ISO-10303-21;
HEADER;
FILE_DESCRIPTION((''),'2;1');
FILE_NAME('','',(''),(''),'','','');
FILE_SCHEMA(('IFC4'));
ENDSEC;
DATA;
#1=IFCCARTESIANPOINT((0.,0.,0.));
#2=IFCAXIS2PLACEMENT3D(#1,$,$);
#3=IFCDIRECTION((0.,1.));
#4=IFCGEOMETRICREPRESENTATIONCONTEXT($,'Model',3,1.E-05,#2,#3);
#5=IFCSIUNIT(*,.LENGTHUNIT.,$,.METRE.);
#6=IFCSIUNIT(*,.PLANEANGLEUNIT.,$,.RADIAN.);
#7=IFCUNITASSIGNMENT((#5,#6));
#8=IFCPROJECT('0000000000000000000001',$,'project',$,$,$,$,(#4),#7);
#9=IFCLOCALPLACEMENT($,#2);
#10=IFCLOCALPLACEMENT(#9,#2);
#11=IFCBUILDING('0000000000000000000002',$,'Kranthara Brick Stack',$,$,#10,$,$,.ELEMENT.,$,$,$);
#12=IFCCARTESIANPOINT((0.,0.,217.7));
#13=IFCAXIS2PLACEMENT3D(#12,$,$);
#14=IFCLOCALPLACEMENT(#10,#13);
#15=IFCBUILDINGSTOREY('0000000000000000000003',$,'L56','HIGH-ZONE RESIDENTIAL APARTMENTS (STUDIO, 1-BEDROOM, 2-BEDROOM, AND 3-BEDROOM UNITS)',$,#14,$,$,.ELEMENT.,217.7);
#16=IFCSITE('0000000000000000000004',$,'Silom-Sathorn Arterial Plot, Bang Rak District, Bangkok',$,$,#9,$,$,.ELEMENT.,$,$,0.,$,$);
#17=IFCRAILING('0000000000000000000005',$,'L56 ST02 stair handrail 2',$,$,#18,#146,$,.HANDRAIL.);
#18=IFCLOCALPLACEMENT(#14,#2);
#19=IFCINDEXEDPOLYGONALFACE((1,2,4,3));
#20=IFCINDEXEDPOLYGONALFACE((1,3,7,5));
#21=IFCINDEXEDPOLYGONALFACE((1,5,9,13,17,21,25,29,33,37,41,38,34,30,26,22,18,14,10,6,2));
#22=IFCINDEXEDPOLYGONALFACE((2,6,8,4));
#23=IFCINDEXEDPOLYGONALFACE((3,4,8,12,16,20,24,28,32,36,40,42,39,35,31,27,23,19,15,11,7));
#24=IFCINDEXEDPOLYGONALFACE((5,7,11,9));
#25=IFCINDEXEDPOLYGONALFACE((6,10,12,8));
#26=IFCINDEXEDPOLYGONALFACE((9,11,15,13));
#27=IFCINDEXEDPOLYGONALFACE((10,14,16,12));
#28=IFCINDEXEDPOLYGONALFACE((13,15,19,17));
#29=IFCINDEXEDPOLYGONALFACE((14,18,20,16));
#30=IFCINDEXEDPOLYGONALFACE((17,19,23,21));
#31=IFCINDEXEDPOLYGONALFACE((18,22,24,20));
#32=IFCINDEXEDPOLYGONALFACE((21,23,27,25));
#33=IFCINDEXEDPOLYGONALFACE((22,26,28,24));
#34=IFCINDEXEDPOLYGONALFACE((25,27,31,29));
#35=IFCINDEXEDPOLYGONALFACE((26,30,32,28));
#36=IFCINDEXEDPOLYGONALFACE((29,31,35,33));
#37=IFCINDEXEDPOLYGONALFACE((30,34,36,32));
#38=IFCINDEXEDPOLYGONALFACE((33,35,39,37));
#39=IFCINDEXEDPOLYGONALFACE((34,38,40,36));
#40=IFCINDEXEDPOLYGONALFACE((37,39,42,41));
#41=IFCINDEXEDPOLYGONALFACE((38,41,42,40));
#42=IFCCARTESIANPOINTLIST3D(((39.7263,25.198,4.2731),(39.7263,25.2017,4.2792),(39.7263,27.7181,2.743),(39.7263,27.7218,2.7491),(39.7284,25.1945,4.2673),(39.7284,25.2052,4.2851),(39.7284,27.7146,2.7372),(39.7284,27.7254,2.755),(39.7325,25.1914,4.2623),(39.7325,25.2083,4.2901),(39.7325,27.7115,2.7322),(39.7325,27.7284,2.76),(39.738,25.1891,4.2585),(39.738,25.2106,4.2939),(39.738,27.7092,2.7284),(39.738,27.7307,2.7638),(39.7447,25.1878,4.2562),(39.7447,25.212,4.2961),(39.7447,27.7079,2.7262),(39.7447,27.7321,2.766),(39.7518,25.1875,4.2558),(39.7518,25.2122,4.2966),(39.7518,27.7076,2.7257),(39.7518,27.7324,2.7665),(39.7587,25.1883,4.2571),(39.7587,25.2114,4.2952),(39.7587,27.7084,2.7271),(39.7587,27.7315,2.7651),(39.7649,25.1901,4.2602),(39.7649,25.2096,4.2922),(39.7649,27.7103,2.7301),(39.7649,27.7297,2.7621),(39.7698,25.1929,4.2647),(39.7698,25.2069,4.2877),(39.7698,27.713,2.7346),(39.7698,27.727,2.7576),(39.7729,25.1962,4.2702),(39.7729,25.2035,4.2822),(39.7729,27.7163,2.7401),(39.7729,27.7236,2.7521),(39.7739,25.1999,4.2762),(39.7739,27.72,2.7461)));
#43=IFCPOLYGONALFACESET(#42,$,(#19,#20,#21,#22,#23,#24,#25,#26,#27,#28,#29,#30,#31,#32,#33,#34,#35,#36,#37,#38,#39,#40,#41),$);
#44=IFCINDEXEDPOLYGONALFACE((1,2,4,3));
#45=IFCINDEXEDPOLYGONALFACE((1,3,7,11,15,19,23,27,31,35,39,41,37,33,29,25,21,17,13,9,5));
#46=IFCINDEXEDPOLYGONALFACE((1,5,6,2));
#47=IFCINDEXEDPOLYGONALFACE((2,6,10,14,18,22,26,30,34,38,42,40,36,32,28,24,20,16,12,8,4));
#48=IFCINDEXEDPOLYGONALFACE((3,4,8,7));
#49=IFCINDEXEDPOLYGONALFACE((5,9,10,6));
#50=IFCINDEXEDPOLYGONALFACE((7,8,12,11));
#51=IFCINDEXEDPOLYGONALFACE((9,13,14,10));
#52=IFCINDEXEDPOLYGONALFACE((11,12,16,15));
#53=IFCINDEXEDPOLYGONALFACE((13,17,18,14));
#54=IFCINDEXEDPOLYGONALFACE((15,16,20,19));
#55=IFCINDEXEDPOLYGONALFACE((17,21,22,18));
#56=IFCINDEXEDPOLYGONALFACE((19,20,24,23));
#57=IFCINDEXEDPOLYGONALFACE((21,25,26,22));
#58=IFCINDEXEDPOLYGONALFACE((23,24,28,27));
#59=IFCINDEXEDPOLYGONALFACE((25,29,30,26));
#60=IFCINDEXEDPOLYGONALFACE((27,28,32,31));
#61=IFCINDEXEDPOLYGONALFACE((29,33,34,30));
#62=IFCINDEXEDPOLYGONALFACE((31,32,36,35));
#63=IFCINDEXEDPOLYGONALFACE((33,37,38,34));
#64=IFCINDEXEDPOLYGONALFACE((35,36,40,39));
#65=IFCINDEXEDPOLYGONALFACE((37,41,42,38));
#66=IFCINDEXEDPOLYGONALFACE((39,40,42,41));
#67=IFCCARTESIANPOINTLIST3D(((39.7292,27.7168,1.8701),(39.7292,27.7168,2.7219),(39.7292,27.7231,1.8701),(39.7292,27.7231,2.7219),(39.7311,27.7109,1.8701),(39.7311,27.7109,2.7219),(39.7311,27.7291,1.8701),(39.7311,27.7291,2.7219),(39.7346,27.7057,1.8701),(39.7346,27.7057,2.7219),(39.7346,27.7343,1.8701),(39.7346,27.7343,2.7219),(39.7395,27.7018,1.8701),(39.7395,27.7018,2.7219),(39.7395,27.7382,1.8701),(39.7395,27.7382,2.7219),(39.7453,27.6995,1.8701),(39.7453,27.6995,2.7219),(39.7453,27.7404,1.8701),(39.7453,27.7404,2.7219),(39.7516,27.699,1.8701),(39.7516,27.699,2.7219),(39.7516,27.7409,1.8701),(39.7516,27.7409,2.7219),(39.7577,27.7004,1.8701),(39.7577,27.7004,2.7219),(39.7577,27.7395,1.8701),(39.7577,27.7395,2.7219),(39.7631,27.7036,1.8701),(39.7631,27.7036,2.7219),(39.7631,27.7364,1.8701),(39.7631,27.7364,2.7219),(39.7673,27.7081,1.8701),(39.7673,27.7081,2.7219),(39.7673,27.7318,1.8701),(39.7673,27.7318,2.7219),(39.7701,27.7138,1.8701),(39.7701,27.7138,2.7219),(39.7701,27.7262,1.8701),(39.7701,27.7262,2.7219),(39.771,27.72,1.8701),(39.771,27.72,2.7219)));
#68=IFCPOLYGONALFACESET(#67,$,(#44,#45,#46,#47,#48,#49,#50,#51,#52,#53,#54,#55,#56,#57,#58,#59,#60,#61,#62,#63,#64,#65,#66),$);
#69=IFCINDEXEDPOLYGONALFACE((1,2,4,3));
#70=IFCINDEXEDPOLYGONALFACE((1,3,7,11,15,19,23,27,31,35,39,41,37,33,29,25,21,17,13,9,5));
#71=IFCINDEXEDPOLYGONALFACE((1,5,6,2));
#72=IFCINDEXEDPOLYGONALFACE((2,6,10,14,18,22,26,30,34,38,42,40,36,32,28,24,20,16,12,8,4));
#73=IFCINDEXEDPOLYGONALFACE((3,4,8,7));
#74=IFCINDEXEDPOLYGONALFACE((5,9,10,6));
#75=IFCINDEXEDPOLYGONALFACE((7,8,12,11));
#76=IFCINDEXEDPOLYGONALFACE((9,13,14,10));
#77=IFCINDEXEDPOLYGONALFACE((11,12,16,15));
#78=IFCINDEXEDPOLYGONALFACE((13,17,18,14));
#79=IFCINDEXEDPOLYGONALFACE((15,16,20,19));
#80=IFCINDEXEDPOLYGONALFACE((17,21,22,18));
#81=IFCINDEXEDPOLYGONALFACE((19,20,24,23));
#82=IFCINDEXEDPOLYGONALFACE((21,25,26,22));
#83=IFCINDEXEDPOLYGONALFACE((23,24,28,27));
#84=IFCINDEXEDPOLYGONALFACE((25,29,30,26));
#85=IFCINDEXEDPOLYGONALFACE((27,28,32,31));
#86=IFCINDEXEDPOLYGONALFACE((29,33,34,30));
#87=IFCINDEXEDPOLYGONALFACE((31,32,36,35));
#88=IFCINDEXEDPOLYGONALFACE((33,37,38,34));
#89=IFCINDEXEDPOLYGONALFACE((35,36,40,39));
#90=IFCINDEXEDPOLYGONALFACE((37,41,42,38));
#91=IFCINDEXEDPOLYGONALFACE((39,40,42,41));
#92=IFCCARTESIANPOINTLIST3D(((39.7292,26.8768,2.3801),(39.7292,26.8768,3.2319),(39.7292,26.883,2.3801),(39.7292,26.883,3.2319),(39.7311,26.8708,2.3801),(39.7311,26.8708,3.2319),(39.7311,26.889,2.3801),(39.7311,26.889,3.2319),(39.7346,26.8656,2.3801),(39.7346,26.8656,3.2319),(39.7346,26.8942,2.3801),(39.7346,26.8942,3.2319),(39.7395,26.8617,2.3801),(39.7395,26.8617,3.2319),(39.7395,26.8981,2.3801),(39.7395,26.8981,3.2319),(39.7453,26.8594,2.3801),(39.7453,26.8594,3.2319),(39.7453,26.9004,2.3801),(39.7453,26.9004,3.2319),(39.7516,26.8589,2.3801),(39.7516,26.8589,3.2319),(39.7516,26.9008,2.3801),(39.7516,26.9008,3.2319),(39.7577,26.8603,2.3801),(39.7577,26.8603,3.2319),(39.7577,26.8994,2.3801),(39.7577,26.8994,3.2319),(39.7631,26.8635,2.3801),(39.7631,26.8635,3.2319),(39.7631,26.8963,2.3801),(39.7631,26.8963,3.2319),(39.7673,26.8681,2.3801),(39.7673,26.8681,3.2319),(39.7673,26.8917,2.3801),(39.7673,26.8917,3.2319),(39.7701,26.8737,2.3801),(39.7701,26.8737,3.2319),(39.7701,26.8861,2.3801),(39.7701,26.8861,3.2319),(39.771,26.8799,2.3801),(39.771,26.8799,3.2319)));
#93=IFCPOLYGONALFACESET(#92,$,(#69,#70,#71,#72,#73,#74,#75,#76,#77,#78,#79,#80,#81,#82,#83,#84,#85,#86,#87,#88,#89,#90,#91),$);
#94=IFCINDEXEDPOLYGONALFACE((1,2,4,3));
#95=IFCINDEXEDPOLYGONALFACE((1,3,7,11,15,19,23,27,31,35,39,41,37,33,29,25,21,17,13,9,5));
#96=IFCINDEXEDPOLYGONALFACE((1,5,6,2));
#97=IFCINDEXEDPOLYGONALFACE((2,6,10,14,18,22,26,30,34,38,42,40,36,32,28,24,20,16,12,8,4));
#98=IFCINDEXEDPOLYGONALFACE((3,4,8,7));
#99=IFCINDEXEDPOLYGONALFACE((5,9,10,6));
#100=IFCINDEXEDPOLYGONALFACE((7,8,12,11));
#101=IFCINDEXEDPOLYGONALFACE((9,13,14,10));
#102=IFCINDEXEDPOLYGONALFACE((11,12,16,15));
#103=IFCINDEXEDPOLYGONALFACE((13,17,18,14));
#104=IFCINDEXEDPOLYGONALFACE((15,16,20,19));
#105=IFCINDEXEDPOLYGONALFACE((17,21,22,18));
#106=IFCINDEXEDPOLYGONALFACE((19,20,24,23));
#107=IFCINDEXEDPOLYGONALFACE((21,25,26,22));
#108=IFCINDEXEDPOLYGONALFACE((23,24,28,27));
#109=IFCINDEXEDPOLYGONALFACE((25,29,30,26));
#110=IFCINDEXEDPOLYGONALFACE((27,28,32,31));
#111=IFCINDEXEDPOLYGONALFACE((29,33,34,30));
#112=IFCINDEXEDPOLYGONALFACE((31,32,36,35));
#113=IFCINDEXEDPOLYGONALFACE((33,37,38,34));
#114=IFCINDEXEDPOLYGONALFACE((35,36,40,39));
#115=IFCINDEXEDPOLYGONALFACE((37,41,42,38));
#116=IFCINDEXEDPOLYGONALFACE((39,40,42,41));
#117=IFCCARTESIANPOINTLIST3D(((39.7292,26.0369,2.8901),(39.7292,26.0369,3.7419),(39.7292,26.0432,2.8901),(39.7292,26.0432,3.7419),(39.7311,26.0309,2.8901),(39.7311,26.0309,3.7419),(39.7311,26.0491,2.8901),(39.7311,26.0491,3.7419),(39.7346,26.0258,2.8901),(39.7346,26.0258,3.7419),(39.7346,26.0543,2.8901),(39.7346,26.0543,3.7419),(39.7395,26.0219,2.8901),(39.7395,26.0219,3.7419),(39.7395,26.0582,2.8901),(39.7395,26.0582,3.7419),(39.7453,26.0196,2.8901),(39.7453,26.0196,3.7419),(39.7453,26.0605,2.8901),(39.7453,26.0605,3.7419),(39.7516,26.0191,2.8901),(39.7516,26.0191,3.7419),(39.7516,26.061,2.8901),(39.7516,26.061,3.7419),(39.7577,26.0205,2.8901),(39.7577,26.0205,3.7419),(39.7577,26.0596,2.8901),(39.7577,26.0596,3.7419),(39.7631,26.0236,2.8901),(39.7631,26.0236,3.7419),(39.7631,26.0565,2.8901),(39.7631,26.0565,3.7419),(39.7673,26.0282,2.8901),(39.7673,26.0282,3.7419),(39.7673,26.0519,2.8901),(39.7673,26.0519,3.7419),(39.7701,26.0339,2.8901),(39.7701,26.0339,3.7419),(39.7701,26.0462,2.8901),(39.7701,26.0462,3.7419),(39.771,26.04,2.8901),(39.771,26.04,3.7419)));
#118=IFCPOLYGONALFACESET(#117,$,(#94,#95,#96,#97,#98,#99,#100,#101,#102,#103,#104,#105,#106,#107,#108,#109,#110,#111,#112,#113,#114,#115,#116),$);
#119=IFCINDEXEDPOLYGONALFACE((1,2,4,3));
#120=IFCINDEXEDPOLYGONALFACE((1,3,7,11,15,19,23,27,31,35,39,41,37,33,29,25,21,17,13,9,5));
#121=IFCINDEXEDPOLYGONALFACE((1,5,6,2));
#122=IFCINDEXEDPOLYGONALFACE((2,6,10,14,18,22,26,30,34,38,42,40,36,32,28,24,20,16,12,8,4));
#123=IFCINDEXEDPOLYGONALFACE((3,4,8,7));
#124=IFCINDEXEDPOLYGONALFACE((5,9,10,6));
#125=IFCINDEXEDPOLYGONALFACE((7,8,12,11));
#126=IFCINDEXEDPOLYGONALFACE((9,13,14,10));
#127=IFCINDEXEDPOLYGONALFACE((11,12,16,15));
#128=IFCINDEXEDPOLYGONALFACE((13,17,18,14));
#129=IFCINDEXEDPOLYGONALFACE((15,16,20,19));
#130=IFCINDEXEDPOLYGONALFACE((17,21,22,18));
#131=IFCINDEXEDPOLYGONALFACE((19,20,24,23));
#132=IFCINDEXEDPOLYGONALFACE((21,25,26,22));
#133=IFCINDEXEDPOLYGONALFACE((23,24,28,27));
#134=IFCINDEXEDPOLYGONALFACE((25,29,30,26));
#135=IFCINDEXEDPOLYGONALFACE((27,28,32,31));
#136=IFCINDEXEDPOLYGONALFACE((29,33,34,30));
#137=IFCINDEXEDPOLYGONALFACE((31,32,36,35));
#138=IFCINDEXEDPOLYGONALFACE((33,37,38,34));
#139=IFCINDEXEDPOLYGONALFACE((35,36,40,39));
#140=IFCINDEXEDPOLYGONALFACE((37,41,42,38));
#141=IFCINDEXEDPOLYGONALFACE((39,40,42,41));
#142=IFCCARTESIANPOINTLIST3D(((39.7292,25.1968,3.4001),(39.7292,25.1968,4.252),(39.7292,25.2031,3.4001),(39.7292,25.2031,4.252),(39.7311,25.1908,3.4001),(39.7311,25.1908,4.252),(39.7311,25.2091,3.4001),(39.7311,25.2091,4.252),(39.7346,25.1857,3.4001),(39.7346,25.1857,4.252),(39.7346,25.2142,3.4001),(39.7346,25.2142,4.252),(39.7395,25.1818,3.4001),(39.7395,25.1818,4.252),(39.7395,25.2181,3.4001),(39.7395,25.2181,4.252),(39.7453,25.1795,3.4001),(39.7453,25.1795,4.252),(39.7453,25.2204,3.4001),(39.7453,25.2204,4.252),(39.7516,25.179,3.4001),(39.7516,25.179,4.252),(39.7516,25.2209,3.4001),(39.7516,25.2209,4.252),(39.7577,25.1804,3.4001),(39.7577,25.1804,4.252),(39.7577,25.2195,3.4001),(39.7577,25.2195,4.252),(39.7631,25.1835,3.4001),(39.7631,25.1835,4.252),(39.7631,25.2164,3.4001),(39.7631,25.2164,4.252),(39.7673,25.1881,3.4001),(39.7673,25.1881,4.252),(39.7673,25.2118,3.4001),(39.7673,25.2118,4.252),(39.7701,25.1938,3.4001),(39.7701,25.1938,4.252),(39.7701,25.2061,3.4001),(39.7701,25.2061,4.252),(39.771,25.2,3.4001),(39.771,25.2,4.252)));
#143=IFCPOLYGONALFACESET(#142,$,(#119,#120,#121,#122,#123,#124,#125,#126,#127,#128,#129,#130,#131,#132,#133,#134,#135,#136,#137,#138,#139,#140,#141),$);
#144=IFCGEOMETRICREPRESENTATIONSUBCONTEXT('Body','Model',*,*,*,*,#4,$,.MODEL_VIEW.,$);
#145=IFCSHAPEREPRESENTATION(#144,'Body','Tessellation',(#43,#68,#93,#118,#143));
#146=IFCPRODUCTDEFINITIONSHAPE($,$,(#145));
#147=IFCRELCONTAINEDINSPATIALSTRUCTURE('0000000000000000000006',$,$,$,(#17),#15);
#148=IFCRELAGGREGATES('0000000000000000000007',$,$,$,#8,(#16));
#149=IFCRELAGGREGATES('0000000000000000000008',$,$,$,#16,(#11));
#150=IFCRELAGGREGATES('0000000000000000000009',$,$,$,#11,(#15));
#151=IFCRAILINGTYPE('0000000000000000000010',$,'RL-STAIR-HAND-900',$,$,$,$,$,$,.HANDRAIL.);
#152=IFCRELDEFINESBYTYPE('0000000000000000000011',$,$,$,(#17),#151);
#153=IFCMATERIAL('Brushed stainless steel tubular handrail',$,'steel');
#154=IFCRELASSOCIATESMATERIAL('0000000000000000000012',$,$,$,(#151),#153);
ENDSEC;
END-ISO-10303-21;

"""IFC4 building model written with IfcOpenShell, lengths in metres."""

from ifc_helpers import new_model, si_unit, direction, frame, origin, origin_2d, place, context, subcontext, project, spatial, circle, extrude, material, type_object, element, save


model = new_model("IFC4")

# Units and contexts
model_context = context("Model", 3, precision=1e-05, world=origin(), true_north=direction((0.0, 1.0)))
body_context = subcontext(model_context, "Body", "Model", "MODEL_VIEW")
ifc_project = project(units=[si_unit("LENGTHUNIT", "METRE"), si_unit("PLANEANGLEUNIT", "RADIAN")], contexts=[model_context])

# Site, building, storey
site_placement = place(None, origin())
site = spatial("IfcSite", under=ifc_project, at=site_placement, Name="Silom-Sathorn Arterial Plot, Bang Rak District, Bangkok", CompositionType="ELEMENT", RefElevation=0.0)
building_placement = place(site_placement, origin())
building = spatial("IfcBuilding", under=site, at=building_placement, Name="Kranthara Brick Stack", CompositionType="ELEMENT")
storey_placement = place(building_placement, frame((0.0, 0.0, 217.7)))
storey = spatial("IfcBuildingStorey", under=building, at=storey_placement, Name="L56", Description="HIGH-ZONE RESIDENTIAL APARTMENTS (STUDIO, 1-BEDROOM, 2-BEDROOM, AND 3-BEDROOM UNITS)", CompositionType="ELEMENT", Elevation=217.7)

# Railing
ifc_material_1 = material(Name="Brushed stainless steel tubular handrail", Category="steel")
railing_type_1 = type_object("IfcRailingType", Name="RL-STAIR-HAND-900", PredefinedType="HANDRAIL", material=ifc_material_1)
railing_1_placement = place(storey_placement, frame((39.75, 27.72, 1.8701)))
element("IfcRailing", 1, at=railing_1_placement, inside=storey, type_object=railing_type_1, Name="L56 ST02 stair handrail 2", PredefinedType="HANDRAIL", context=body_context, shape_type="SweptSolid", body=[
    extrude(circle(Radius=0.0239, at=origin_2d()), frame((0.0, 0.0, 0.876), z_axis=(0.0, -0.854785, 0.518982), x_axis=(1.0, 0.0, 0.0)), (0.0, 0.0, 1.0), 2.9482),
    extrude(circle(Radius=0.021, at=origin_2d()), origin(), (0.0, 0.0, 1.0), 0.8518),
    extrude(circle(Radius=0.021, at=origin_2d()), frame((0.0, -0.8401, 0.51)), (0.0, 0.0, 1.0), 0.8518),
    extrude(circle(Radius=0.021, at=origin_2d()), frame((0.0, -1.6799, 1.02)), (0.0, 0.0, 1.0), 0.8518),
    extrude(circle(Radius=0.021, at=origin_2d()), frame((0.0, -2.52, 1.53)), (0.0, 0.0, 1.0), 0.8518),
])

save(model, "model.ifc")
